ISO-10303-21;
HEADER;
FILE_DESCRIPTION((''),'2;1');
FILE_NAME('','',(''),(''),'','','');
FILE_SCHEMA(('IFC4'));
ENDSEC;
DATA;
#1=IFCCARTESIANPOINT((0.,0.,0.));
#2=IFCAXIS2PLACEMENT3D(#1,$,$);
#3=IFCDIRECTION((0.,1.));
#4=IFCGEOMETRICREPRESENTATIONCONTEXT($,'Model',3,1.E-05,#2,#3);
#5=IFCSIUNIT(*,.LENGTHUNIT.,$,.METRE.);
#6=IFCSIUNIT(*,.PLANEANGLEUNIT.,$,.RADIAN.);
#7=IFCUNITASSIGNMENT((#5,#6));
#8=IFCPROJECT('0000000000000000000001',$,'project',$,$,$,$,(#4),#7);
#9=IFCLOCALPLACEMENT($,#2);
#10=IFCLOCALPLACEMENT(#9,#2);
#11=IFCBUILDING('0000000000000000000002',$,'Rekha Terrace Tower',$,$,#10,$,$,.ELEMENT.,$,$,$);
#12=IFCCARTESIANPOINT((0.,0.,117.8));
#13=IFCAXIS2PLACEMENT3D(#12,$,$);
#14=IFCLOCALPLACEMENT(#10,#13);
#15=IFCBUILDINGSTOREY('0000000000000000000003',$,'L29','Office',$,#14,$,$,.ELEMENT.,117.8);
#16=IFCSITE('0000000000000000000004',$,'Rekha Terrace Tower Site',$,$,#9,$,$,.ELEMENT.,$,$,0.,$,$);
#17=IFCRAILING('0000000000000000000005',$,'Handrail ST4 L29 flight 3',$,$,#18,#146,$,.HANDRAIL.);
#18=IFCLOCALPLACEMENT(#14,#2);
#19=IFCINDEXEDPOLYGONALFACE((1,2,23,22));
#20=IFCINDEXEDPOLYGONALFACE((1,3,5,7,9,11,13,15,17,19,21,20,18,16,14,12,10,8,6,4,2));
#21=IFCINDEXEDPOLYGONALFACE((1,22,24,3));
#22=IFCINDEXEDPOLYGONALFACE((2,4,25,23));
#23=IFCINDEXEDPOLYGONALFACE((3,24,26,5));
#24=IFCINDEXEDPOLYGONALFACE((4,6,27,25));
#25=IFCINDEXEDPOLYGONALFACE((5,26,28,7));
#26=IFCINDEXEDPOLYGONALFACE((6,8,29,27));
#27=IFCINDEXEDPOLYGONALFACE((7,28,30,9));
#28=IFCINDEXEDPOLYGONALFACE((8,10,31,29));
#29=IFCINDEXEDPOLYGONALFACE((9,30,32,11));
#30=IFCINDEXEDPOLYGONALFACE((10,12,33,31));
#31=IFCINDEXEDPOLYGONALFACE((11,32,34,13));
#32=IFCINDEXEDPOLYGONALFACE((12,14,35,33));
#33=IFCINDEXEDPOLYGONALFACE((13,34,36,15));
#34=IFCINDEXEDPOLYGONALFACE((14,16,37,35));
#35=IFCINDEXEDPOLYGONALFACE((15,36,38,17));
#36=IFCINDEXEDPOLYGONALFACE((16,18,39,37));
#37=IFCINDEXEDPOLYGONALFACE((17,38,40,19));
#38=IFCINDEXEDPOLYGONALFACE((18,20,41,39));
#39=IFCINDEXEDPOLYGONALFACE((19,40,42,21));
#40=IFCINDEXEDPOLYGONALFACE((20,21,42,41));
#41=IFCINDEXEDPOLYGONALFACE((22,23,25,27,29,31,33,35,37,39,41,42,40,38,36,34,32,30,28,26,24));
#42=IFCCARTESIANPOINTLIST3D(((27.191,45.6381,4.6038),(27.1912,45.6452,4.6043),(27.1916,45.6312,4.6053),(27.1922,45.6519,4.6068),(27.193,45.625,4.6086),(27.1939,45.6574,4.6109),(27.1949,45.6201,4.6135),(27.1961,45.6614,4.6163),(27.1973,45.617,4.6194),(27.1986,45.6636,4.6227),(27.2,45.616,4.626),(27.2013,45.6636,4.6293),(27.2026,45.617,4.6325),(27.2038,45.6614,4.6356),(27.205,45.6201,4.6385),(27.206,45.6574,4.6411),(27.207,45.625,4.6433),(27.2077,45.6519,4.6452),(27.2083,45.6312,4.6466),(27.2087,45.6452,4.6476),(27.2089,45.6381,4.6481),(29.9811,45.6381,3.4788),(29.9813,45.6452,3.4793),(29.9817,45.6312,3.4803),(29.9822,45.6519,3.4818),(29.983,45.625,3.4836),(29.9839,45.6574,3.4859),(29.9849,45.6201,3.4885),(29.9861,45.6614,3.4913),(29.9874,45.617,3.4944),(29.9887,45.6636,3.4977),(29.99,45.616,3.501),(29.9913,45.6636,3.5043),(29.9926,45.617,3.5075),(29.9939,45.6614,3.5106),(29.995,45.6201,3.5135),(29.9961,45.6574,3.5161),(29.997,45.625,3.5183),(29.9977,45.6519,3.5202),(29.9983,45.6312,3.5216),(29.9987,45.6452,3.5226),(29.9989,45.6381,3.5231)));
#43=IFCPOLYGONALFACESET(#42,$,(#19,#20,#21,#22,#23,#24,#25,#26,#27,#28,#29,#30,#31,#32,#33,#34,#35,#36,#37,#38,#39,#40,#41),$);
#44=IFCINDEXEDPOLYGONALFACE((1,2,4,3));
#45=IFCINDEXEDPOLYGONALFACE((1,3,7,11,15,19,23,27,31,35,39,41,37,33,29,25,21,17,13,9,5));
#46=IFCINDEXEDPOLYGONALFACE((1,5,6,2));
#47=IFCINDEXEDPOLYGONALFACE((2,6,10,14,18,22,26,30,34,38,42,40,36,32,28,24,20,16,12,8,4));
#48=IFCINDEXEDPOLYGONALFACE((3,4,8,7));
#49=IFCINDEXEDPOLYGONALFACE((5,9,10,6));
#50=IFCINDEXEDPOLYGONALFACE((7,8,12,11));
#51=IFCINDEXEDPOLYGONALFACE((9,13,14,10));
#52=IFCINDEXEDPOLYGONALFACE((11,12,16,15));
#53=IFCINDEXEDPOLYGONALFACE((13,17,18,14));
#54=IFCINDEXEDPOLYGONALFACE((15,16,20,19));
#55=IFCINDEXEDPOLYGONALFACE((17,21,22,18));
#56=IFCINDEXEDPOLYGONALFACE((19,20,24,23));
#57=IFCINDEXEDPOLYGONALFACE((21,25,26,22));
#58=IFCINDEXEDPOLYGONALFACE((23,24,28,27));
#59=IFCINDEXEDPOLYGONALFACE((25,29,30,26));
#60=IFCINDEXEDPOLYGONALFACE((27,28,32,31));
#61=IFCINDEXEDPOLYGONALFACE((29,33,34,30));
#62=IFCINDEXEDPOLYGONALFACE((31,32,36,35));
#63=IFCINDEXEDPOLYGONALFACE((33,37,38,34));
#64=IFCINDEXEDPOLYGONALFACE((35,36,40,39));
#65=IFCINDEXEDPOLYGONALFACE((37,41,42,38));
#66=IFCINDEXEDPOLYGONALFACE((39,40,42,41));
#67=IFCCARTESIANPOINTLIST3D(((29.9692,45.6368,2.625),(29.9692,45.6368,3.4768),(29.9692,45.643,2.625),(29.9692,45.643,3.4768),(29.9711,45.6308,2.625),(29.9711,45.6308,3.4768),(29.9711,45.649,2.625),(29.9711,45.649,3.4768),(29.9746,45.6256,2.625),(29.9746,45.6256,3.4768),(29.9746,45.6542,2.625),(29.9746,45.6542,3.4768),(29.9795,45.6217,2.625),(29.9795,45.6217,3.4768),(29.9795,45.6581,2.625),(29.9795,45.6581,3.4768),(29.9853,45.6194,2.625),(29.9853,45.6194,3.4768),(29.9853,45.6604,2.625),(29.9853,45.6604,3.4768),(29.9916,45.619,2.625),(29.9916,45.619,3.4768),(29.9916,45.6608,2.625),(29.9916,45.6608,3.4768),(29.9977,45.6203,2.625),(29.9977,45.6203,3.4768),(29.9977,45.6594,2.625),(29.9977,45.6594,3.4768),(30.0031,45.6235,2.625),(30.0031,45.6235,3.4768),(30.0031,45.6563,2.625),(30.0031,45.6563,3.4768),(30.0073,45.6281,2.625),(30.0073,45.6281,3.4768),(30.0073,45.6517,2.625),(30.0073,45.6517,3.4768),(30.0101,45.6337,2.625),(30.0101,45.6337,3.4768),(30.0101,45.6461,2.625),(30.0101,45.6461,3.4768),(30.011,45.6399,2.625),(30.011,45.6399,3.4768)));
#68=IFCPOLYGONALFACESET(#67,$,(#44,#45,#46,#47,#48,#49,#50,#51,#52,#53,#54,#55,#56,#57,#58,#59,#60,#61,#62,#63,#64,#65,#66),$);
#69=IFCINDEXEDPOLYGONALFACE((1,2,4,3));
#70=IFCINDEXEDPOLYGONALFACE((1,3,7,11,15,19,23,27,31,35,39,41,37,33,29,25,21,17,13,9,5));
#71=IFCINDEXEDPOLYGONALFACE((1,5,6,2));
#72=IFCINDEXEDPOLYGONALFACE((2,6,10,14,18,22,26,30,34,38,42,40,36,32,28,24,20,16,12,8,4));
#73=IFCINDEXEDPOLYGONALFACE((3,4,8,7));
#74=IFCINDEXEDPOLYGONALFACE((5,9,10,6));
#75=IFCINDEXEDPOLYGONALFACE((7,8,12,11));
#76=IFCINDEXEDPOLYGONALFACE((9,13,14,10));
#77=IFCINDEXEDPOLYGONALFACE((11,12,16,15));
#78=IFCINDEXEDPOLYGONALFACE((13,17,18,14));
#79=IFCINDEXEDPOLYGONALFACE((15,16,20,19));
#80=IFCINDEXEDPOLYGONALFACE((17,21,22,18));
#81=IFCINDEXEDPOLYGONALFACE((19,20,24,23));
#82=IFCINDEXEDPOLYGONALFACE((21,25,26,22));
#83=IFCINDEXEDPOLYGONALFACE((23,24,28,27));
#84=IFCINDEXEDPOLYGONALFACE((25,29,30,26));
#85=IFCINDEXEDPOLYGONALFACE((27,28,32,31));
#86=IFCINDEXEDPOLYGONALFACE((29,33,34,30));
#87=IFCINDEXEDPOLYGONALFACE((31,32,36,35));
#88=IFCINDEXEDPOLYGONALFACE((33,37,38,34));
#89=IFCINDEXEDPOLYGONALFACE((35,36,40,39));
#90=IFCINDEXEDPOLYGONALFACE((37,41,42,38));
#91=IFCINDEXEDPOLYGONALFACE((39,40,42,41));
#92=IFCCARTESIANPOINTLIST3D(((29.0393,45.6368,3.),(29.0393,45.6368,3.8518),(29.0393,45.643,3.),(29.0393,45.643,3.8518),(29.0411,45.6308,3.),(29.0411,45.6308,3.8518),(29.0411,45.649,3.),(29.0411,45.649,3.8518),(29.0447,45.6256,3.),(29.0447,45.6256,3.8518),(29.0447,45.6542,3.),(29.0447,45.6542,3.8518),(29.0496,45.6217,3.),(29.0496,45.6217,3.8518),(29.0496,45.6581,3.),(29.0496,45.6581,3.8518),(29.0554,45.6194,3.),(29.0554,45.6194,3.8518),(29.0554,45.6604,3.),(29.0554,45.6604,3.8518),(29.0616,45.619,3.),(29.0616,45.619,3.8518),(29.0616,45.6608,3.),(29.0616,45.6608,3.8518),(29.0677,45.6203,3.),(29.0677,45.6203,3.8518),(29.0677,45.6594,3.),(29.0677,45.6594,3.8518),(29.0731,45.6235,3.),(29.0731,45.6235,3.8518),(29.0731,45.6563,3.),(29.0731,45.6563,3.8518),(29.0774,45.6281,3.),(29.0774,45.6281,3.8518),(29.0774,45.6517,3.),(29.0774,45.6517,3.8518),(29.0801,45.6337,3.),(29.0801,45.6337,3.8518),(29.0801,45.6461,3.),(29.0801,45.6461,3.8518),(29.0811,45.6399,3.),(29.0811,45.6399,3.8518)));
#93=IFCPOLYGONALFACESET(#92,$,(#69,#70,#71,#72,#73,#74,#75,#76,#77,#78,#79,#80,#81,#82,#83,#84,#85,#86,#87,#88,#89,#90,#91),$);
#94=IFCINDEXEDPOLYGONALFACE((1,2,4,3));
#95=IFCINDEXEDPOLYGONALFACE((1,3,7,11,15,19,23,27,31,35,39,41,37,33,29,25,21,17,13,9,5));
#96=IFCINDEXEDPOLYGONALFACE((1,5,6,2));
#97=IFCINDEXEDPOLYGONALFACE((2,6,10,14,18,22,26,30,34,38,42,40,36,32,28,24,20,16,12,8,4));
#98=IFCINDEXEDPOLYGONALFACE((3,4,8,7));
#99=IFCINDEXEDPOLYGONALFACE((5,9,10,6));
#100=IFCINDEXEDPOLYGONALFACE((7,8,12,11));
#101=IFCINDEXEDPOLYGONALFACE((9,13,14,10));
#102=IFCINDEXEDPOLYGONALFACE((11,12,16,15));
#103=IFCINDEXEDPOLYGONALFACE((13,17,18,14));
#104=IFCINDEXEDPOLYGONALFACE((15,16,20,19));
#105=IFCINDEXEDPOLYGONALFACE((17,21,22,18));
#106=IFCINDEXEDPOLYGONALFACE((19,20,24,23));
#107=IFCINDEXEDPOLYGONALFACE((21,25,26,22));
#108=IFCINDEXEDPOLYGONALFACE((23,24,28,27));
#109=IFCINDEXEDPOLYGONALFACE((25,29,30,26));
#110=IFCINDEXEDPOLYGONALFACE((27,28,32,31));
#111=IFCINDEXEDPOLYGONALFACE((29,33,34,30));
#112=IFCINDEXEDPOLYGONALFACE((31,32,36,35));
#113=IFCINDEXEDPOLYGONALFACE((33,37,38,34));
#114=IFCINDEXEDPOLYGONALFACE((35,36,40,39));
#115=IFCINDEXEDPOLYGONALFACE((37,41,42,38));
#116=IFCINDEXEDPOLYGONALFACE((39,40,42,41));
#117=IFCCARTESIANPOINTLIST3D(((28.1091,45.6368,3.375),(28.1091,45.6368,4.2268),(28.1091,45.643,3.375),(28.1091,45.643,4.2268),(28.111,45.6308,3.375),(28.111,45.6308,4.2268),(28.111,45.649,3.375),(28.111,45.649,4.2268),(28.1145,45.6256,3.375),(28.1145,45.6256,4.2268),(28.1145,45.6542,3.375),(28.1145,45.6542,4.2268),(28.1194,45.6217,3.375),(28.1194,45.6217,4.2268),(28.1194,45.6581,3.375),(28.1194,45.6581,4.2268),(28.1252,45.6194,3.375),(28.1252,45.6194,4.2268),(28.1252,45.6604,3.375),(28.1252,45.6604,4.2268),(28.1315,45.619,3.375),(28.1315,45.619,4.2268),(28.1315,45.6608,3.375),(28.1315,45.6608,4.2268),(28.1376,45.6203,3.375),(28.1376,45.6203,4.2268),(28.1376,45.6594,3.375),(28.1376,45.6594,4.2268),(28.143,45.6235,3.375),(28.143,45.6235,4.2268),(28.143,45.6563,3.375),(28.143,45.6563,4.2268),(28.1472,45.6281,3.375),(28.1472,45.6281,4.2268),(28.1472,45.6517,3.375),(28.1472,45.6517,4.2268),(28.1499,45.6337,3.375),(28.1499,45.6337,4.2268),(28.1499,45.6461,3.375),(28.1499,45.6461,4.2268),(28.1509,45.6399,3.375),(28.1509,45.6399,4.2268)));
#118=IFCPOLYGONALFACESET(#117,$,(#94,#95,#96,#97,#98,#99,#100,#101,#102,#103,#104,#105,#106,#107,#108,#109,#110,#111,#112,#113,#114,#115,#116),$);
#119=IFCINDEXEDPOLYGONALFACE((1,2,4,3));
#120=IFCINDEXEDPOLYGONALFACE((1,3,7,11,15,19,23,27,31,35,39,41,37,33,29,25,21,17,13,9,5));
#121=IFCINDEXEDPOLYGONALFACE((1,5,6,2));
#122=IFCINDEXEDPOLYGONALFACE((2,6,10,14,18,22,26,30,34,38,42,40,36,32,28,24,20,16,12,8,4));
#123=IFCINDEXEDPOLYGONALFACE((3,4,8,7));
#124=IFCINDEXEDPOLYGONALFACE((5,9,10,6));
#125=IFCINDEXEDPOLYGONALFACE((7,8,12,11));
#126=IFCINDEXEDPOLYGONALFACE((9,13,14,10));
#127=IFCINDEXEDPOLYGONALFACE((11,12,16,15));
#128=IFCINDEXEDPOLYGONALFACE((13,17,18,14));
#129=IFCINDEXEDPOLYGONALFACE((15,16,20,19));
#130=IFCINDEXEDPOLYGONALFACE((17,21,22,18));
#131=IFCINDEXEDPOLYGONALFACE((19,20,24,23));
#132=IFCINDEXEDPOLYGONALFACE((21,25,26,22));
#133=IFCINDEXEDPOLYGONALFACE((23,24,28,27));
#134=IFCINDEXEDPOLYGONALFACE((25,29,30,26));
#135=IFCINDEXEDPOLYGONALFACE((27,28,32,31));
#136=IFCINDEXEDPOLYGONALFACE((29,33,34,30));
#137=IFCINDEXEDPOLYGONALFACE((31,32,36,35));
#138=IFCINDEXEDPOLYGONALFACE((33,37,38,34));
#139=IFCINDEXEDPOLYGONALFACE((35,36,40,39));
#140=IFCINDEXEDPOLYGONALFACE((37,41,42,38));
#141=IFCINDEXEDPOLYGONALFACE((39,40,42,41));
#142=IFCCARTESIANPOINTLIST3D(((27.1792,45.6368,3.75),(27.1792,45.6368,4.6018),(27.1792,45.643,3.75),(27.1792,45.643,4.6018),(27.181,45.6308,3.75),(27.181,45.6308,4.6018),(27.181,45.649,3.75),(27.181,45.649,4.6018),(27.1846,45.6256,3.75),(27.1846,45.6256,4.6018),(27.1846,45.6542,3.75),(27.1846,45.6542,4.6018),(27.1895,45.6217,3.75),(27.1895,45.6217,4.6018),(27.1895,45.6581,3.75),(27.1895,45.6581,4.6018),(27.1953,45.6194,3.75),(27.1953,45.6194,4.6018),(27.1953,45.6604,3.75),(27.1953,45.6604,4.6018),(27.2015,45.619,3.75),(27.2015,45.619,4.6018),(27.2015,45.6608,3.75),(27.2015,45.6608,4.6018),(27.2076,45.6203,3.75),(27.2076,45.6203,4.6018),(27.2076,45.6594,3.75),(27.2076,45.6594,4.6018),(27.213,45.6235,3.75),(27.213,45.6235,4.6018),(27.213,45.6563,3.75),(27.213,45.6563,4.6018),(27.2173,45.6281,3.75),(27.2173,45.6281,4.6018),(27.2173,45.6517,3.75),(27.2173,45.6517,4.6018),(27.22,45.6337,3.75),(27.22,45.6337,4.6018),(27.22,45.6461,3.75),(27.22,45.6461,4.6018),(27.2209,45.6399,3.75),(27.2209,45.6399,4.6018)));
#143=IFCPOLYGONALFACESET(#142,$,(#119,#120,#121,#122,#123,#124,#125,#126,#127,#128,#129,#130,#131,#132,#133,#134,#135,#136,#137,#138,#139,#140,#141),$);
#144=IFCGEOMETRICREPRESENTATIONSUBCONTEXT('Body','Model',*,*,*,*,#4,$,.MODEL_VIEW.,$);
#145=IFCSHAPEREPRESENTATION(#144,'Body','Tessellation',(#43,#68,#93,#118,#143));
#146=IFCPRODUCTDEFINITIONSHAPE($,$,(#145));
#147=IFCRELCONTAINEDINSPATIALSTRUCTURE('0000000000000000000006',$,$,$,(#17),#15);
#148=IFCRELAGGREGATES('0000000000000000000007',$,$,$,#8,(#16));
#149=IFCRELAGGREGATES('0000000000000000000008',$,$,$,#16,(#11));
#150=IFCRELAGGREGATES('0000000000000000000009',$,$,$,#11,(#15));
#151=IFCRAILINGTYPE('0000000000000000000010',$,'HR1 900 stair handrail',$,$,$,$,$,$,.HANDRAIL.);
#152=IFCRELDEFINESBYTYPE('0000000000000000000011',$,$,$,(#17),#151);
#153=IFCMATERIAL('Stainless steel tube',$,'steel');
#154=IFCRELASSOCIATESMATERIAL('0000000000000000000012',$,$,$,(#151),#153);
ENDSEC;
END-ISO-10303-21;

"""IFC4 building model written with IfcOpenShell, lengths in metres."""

from ifc_helpers import new_model, si_unit, direction, frame, origin, origin_2d, place, context, subcontext, project, spatial, circle, extrude, material, type_object, element, save


model = new_model("IFC4")

# Units and contexts
model_context = context("Model", 3, precision=1e-05, world=origin(), true_north=direction((0.0, 1.0)))
body_context = subcontext(model_context, "Body", "Model", "MODEL_VIEW")
ifc_project = project(units=[si_unit("LENGTHUNIT", "METRE"), si_unit("PLANEANGLEUNIT", "RADIAN")], contexts=[model_context])

# Site, building, storey
site_placement = place(None, origin())
site = spatial("IfcSite", under=ifc_project, at=site_placement, Name="Rekha Terrace Tower Site", CompositionType="ELEMENT", RefElevation=0.0)
building_placement = place(site_placement, origin())
building = spatial("IfcBuilding", under=site, at=building_placement, Name="Rekha Terrace Tower", CompositionType="ELEMENT")
storey_placement = place(building_placement, frame((0.0, 0.0, 117.8)))
storey = spatial("IfcBuildingStorey", under=building, at=storey_placement, Name="L29", Description="Office", CompositionType="ELEMENT", Elevation=117.8)

# Railing
ifc_material_1 = material(Name="Stainless steel tube", Category="steel")
railing_type_1 = type_object("IfcRailingType", Name="HR1 900 stair handrail", PredefinedType="HANDRAIL", material=ifc_material_1)
railing_1_placement = place(storey_placement, frame((29.99, 45.6399, 2.625)))
element("IfcRailing", 1, at=railing_1_placement, inside=storey, type_object=railing_type_1, Name="Handrail ST4 L29 flight 3", PredefinedType="HANDRAIL", context=body_context, shape_type="SweptSolid", body=[
    extrude(circle(Radius=0.0239, at=origin_2d()), frame((0.0, 0.0, 0.876), z_axis=(-0.927443, 0.0, 0.373964), x_axis=(0.0, -1.0, 0.0)), (0.0, 0.0, 1.0), 3.0083),
    extrude(circle(Radius=0.021, at=origin_2d()), origin(), (0.0, 0.0, 1.0), 0.8518),
    extrude(circle(Radius=0.021, at=origin_2d()), frame((-0.9299, 0.0, 0.375)), (0.0, 0.0, 1.0), 0.8518),
    extrude(circle(Radius=0.021, at=origin_2d()), frame((-1.8601, 0.0, 0.75)), (0.0, 0.0, 1.0), 0.8518),
    extrude(circle(Radius=0.021, at=origin_2d()), frame((-2.79, 0.0, 1.125)), (0.0, 0.0, 1.0), 0.8518),
])

save(model, "model.ifc")
